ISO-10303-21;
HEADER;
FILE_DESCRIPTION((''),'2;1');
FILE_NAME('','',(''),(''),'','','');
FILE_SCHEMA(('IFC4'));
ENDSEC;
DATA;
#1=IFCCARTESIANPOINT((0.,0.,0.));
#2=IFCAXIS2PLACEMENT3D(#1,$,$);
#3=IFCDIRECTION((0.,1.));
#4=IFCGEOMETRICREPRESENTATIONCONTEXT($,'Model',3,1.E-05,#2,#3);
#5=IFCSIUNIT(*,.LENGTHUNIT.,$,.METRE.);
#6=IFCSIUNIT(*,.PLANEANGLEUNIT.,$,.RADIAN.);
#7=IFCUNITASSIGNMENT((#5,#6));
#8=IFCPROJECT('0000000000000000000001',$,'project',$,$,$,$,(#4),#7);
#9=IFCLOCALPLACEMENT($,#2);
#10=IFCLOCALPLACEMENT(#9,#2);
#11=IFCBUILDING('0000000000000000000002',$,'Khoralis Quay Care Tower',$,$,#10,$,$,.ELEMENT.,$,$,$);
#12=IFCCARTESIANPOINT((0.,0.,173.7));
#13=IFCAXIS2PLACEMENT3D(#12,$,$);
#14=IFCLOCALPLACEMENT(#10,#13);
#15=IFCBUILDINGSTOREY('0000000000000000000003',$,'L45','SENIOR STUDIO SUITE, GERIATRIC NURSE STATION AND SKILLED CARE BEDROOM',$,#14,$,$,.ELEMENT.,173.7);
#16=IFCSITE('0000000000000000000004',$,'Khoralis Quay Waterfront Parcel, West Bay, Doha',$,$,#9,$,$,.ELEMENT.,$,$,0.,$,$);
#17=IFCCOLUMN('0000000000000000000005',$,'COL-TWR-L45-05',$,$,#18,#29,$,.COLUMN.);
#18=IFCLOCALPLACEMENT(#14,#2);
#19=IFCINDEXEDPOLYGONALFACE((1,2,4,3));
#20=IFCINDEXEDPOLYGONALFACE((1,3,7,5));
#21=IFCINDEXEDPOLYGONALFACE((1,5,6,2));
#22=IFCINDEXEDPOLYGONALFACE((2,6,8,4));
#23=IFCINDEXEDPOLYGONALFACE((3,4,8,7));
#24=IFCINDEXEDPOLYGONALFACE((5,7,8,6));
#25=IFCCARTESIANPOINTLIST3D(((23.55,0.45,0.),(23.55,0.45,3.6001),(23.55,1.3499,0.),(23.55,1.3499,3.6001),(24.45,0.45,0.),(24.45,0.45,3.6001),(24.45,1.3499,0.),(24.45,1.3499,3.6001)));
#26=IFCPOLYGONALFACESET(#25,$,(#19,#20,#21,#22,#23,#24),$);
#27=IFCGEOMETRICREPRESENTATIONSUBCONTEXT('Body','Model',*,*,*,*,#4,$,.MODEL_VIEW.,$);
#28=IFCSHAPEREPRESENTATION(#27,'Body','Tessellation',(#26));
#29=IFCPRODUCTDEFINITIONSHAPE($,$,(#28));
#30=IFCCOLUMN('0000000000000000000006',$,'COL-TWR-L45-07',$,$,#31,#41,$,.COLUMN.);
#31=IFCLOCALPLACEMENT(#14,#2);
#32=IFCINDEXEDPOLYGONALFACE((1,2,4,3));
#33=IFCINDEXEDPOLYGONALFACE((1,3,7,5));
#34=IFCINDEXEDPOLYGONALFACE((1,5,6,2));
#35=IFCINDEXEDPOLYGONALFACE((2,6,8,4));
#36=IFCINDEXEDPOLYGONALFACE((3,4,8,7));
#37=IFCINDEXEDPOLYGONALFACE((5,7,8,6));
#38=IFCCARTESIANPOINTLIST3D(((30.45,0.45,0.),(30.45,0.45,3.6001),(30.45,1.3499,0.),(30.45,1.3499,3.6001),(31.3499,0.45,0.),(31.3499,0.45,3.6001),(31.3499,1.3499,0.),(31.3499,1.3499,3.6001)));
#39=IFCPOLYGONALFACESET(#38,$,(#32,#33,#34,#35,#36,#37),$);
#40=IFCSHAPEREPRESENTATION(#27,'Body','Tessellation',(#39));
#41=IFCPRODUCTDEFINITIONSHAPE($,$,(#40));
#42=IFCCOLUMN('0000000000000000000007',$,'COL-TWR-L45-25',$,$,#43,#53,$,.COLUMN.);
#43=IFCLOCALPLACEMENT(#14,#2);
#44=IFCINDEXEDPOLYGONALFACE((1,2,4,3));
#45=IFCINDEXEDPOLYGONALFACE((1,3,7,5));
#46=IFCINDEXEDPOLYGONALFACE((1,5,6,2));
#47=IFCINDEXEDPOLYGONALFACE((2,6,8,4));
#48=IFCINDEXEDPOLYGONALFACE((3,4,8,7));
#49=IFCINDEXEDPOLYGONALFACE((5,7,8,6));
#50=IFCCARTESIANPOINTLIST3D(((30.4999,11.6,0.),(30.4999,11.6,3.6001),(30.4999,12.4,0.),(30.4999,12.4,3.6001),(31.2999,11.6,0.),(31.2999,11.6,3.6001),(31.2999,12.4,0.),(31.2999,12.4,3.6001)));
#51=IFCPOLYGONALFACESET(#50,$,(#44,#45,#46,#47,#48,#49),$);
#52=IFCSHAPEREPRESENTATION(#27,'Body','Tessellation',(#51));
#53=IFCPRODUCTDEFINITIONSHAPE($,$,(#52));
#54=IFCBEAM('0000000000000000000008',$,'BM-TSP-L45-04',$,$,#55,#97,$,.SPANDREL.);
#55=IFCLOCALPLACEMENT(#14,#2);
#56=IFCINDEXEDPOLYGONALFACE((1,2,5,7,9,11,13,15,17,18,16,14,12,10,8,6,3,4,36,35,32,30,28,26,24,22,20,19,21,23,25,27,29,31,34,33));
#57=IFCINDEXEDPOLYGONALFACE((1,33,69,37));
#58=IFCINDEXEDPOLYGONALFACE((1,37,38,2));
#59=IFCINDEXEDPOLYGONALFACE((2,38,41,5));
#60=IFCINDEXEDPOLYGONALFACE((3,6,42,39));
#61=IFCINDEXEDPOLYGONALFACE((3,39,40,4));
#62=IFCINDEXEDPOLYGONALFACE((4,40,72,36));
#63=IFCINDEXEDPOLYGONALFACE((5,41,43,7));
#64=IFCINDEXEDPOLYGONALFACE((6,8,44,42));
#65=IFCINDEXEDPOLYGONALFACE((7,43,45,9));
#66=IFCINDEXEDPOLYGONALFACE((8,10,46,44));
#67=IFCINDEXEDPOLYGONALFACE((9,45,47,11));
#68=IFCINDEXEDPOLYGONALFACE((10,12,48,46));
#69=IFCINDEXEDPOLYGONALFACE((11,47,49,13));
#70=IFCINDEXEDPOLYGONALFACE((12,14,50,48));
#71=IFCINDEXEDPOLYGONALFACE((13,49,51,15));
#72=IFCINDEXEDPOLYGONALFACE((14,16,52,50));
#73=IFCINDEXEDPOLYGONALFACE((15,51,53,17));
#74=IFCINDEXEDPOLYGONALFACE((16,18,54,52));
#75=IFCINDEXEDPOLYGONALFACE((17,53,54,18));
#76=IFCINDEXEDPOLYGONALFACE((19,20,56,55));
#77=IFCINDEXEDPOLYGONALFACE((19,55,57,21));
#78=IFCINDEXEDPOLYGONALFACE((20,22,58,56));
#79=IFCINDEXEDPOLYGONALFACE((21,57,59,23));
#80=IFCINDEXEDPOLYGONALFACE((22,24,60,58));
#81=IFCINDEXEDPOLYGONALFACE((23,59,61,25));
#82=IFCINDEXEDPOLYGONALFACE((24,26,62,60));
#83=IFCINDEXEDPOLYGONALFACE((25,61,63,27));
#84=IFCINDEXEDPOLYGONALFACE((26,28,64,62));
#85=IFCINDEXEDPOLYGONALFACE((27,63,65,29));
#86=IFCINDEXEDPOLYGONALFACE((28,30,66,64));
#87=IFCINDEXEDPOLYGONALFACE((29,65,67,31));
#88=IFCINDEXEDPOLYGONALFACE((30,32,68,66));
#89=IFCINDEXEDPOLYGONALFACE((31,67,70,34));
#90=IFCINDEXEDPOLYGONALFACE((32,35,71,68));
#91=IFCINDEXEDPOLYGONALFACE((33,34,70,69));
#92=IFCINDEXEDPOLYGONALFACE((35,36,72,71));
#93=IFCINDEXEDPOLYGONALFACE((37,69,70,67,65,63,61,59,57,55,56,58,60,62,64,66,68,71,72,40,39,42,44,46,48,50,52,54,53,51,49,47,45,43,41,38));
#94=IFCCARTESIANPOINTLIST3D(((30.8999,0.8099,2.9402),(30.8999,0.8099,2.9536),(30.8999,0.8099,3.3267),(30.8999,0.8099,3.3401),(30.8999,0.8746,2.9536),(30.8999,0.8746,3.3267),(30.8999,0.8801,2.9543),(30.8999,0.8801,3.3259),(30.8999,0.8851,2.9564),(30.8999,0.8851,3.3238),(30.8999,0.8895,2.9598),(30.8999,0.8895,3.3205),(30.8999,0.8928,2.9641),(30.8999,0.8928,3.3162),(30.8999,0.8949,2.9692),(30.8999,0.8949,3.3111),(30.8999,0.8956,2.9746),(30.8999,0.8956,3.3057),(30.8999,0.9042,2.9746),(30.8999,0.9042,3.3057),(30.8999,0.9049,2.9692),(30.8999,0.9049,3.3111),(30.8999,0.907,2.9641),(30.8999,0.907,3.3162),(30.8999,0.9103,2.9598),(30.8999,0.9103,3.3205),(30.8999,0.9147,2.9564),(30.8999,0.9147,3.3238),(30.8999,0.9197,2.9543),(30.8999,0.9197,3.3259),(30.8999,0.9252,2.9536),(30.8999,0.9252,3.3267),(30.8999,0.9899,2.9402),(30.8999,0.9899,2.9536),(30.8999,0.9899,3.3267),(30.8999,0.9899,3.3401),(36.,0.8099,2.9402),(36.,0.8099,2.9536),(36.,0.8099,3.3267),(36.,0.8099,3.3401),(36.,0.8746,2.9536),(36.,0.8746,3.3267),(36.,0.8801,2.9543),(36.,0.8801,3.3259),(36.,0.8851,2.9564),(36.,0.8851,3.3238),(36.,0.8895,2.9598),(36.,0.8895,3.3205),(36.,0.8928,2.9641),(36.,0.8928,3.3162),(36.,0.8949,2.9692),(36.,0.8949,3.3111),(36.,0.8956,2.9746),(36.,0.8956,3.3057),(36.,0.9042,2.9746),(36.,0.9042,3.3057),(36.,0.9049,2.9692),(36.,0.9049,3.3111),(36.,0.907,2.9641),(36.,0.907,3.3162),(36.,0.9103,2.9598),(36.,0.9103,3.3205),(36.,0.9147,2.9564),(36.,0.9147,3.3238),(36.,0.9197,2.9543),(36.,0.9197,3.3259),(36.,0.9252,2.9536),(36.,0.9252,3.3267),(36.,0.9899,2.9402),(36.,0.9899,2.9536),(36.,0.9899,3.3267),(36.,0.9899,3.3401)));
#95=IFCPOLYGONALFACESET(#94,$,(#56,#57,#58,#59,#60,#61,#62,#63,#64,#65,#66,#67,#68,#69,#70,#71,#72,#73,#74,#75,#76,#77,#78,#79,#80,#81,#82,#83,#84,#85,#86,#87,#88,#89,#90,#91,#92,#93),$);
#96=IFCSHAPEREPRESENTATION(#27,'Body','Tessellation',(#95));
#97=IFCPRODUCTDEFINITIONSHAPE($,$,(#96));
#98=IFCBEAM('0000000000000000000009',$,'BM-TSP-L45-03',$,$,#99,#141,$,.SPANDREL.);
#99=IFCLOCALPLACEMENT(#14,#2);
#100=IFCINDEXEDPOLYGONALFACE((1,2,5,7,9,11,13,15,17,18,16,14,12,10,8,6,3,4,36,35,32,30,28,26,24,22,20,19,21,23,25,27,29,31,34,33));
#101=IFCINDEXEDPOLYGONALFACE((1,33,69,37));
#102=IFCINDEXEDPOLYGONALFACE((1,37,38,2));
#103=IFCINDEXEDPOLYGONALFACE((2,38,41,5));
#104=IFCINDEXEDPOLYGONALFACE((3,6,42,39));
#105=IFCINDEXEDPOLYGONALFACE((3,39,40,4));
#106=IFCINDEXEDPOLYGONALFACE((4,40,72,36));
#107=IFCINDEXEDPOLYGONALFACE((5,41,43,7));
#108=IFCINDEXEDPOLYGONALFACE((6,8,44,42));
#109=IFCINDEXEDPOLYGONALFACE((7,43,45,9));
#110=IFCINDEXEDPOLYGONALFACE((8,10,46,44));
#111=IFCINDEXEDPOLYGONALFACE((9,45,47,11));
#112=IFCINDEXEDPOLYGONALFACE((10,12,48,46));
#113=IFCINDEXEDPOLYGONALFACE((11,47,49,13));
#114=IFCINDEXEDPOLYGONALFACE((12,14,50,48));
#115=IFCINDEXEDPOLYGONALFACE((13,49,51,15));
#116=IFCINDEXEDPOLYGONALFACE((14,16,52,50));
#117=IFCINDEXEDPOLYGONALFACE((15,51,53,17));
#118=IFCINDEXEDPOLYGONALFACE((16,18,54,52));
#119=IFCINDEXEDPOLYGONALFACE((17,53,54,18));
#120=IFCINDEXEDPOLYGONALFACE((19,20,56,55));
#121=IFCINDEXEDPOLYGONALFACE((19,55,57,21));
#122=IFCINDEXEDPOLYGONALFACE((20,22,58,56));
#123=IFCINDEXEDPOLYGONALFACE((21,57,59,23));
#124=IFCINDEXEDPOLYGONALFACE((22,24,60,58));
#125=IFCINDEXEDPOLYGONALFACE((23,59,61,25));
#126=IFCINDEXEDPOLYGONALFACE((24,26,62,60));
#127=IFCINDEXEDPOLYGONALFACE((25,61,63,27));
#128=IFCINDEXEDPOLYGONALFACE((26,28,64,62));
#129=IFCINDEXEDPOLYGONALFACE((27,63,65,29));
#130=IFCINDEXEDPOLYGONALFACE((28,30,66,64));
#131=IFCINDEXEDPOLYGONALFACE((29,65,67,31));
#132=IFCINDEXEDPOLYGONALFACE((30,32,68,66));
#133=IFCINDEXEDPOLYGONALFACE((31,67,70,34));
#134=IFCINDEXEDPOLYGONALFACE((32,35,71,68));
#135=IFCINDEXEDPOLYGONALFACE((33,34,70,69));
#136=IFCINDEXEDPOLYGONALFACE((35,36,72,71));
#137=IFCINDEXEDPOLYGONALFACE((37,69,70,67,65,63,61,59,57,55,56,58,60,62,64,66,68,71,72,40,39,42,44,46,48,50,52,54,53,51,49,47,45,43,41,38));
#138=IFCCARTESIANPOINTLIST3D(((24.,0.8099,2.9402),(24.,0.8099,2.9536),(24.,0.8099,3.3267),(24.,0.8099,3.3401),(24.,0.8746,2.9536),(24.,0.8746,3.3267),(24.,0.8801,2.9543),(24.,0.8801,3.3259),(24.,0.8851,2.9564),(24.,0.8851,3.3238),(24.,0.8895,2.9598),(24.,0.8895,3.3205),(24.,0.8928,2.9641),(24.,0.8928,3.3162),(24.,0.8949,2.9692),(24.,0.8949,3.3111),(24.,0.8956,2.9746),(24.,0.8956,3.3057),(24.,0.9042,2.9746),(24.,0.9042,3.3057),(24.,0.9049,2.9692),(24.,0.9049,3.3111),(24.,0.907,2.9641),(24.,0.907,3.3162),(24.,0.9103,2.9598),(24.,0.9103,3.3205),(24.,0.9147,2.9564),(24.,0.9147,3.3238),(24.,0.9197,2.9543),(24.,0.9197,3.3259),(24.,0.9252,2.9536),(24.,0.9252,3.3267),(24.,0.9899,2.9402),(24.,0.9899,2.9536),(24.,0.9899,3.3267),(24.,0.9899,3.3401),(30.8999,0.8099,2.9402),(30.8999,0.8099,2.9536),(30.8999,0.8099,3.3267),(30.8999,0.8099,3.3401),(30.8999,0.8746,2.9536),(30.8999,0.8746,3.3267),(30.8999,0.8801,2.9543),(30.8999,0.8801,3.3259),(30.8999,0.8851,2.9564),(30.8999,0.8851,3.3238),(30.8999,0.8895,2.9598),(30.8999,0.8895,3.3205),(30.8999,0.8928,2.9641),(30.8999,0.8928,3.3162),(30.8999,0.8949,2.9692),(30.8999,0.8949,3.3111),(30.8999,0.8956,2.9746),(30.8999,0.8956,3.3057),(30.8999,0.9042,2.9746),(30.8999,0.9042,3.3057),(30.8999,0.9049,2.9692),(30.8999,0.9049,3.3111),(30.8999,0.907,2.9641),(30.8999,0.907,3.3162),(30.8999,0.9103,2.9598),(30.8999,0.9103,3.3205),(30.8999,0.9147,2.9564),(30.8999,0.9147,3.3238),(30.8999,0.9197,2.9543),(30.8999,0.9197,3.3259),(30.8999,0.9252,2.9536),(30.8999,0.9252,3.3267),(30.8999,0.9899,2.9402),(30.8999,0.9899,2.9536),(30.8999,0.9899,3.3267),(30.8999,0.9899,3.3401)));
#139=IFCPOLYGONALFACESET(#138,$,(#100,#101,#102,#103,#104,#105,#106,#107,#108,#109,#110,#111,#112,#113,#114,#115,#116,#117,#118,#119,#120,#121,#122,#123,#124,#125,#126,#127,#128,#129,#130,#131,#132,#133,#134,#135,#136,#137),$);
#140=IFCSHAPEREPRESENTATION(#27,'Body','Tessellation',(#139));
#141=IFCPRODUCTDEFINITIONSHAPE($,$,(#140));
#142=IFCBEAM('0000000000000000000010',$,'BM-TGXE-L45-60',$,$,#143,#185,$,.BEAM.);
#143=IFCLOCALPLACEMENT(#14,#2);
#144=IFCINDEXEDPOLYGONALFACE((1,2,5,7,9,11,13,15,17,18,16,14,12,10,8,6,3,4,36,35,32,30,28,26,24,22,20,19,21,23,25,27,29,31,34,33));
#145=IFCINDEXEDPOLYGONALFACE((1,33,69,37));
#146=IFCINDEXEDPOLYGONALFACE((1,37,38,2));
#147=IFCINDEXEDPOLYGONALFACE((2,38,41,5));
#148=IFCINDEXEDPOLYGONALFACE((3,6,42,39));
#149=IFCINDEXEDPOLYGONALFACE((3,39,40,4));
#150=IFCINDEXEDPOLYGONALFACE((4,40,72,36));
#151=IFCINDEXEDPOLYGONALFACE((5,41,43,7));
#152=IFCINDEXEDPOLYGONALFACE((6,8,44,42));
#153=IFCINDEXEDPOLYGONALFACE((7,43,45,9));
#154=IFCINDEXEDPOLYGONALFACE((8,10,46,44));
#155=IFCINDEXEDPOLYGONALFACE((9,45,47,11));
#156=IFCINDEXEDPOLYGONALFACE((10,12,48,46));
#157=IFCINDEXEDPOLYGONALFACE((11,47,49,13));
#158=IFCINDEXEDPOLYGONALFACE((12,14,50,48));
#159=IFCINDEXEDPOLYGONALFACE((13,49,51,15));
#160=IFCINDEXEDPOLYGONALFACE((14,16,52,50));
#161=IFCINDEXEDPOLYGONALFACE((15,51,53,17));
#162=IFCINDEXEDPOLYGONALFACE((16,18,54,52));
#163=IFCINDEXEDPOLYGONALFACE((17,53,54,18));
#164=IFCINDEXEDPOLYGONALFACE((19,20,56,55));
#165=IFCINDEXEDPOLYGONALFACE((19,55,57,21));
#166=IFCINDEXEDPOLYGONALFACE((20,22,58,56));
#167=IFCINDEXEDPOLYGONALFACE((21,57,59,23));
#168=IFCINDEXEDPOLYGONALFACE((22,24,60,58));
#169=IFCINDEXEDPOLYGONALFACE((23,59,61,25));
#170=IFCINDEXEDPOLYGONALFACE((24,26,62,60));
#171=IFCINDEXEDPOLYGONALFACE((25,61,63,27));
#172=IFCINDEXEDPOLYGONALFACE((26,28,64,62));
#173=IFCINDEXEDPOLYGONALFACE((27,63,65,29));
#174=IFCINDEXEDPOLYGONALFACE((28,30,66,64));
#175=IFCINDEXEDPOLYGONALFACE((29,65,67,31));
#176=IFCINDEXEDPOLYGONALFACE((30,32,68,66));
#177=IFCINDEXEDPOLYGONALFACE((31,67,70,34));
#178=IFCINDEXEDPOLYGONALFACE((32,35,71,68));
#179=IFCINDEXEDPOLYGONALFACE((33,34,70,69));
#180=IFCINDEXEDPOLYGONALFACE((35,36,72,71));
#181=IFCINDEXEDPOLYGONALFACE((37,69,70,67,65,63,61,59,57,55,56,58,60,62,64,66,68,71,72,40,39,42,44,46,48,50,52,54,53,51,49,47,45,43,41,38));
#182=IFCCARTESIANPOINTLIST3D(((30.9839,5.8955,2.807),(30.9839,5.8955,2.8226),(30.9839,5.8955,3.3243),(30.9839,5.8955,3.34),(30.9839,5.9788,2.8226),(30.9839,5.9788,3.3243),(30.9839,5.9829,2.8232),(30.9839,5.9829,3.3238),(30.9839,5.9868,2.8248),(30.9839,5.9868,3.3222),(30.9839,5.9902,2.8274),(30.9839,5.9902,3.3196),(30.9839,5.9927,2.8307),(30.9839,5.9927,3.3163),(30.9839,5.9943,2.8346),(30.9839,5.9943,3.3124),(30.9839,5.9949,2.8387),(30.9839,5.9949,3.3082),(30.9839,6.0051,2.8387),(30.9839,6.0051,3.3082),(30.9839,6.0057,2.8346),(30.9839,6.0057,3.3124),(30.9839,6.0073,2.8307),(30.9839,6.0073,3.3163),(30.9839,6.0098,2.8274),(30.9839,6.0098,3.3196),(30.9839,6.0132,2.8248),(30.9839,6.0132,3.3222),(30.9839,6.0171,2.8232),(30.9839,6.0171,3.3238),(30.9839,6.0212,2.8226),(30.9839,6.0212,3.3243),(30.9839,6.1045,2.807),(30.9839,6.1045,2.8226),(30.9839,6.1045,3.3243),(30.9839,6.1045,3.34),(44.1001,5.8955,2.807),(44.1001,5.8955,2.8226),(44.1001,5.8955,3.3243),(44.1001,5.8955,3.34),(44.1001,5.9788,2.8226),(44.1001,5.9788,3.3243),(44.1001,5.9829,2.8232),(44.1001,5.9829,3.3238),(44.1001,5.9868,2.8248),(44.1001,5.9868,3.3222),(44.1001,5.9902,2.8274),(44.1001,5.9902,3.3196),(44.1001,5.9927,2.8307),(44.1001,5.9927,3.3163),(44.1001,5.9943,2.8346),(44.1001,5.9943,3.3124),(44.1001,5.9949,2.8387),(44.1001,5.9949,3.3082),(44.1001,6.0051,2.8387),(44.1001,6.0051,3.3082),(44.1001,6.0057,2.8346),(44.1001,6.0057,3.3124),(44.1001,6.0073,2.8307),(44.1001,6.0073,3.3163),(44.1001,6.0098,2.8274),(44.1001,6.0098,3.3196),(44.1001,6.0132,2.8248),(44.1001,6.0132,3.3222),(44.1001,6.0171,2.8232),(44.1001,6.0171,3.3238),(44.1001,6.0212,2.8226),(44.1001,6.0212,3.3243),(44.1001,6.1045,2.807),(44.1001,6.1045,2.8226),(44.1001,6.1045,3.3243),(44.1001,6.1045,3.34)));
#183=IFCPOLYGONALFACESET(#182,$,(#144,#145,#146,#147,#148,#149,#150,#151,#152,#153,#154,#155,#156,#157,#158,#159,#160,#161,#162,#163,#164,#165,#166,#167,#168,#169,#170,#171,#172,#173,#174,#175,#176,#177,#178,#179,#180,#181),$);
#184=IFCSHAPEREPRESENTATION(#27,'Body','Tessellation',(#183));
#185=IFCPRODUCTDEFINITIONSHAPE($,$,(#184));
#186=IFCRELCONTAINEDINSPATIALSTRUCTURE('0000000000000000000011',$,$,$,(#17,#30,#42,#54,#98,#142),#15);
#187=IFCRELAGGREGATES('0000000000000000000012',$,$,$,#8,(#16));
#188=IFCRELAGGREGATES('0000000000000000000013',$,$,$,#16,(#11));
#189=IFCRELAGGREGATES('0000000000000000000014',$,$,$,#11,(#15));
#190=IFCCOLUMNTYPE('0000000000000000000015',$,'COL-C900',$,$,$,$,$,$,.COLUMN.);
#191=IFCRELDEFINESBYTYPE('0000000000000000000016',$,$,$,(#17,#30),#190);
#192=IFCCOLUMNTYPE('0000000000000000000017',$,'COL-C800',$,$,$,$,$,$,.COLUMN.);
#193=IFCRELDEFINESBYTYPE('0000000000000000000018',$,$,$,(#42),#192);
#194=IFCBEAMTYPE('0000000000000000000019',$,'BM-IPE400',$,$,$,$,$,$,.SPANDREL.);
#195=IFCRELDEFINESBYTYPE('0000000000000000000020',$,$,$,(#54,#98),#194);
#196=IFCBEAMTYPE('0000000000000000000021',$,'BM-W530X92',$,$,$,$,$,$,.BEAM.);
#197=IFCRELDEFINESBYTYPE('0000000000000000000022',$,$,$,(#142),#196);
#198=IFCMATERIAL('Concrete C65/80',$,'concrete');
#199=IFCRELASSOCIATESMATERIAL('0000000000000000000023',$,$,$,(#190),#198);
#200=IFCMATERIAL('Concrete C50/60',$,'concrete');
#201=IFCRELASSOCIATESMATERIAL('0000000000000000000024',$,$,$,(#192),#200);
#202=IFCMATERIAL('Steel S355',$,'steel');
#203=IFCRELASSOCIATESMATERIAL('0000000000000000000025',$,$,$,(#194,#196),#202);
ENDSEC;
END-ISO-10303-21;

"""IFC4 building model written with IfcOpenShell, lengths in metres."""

from ifc_helpers import new_model, si_unit, direction, frame, origin, origin_2d, place, context, subcontext, project, spatial, rectangle, i_section, extrude, source, transform, mapped, material, material_profile, profile_set, type_object, element, save


model = new_model("IFC4")

# Units and contexts
model_context = context("Model", 3, precision=1e-05, world=origin(), true_north=direction((0.0, 1.0)))
body_context = subcontext(model_context, "Body", "Model", "MODEL_VIEW")
ifc_project = project(units=[si_unit("LENGTHUNIT", "METRE"), si_unit("PLANEANGLEUNIT", "RADIAN")], contexts=[model_context])

# Site, building, storey
site_placement = place(None, origin())
site = spatial("IfcSite", under=ifc_project, at=site_placement, Name="Khoralis Quay Waterfront Parcel, West Bay, Doha", CompositionType="ELEMENT", RefElevation=0.0)
building_placement = place(site_placement, origin())
building = spatial("IfcBuilding", under=site, at=building_placement, Name="Khoralis Quay Care Tower", CompositionType="ELEMENT")
storey_placement = place(building_placement, frame((0.0, 0.0, 173.7)))
storey = spatial("IfcBuildingStorey", under=building, at=storey_placement, Name="L45", Description="SENIOR STUDIO SUITE, GERIATRIC NURSE STATION AND SKILLED CARE BEDROOM", CompositionType="ELEMENT", Elevation=173.7)

# Columns
ifc_material_1 = material(Name="Concrete C65/80", Category="concrete")
ifc_material_profile_1 = material_profile(ifc_material_1, rectangle(XDim=0.8999, YDim=0.8999, at=origin_2d()), Name="Concrete C65/80")
ifc_profile_set_1 = profile_set([ifc_material_profile_1], Name="Concrete C65/80")
column_type_1 = type_object("IfcColumnType", Name="COL-C900", PredefinedType="COLUMN", material=ifc_profile_set_1)
shared_shape_1 = source(origin(), body_context, "Body", "SweptSolid", [
    extrude(rectangle(XDim=0.8999, YDim=0.8999, at=origin_2d()), origin(), (0.0, 0.0, 1.0), 3.6001),
])
for number, where, z_axis, x_axis, name in (
    (1, (24.0, 0.8999, 0.0), (0.0, 0.0, 1.0), (1.0, 0.0, 0.0), "COL-TWR-L45-05"),
    (2, (30.8999, 0.8999, 0.0), (0.0, 0.0, 1.0), (1.0, 0.0, 0.0), "COL-TWR-L45-07"),
):
    element("IfcColumn", number, at=place(storey_placement, frame(where, z_axis=z_axis, x_axis=x_axis)), inside=storey, type_object=column_type_1, Name=name, PredefinedType="COLUMN", context=body_context, shape_type="MappedRepresentation", body=[
        mapped(shared_shape_1, transform((0.0, 0.0, 0.0), scale=1.0)),
    ])
ifc_material_2 = material(Name="Concrete C50/60", Category="concrete")
ifc_material_profile_2 = material_profile(ifc_material_2, rectangle(XDim=0.8, YDim=0.8, at=origin_2d()), Name="Concrete C50/60")
ifc_profile_set_2 = profile_set([ifc_material_profile_2], Name="Concrete C50/60")
column_type_2 = type_object("IfcColumnType", Name="COL-C800", PredefinedType="COLUMN", material=ifc_profile_set_2)
shared_shape_2 = source(origin(), body_context, "Body", "SweptSolid", [
    extrude(rectangle(XDim=0.8, YDim=0.8, at=origin_2d()), origin(), (0.0, 0.0, 1.0), 3.6001),
])
column_placement = place(storey_placement, frame((30.8999, 12.0, 0.0), z_axis=(0.0, 0.0, 1.0), x_axis=(1.0, 0.0, 0.0)))
element("IfcColumn", 3, at=column_placement, inside=storey, type_object=column_type_2, Name="COL-TWR-L45-25", PredefinedType="COLUMN", context=body_context, shape_type="MappedRepresentation", body=[
    mapped(shared_shape_2, transform((0.0, 0.0, 0.0), scale=1.0)),
])

# Beams
ifc_material_3 = material(Name="Steel S355", Category="steel")
ifc_material_profile_3 = material_profile(ifc_material_3, i_section(OverallWidth=0.1799, OverallDepth=0.3999, WebThickness=0.0085, FlangeThickness=0.0134, FilletRadius=0.021, at=origin_2d()), Name="Steel S355")
ifc_profile_set_3 = profile_set([ifc_material_profile_3], Name="Steel S355")
beam_type_1 = type_object("IfcBeamType", Name="BM-IPE400", PredefinedType="SPANDREL", material=ifc_profile_set_3)
shared_shape_3 = source(origin(), body_context, "Body", "SweptSolid", [
    extrude(i_section(OverallWidth=0.1799, OverallDepth=0.3999, WebThickness=0.0085, FlangeThickness=0.0134, FilletRadius=0.021, at=origin_2d()), origin(), (0.0, 0.0, 1.0), 5.1001),
])
beam_1_placement = place(storey_placement, frame((30.8999, 0.8999, 3.1401), z_axis=(1.0, 0.0, 0.0), x_axis=(0.0, 1.0, 0.0)))
element("IfcBeam", 4, at=beam_1_placement, inside=storey, type_object=beam_type_1, Name="BM-TSP-L45-04", PredefinedType="SPANDREL", context=body_context, shape_type="MappedRepresentation", body=[
    mapped(shared_shape_3, transform((0.0, 0.0, 0.0), scale=1.0)),
])
shared_shape_4 = source(origin(), body_context, "Body", "SweptSolid", [
    extrude(i_section(OverallWidth=0.1799, OverallDepth=0.3999, WebThickness=0.0085, FlangeThickness=0.0134, FilletRadius=0.021, at=origin_2d()), origin(), (0.0, 0.0, 1.0), 6.8999),
])
beam_2_placement = place(storey_placement, frame((24.0, 0.8999, 3.1401), z_axis=(1.0, 0.0, 0.0), x_axis=(0.0, 1.0, 0.0)))
element("IfcBeam", 5, at=beam_2_placement, inside=storey, type_object=beam_type_1, Name="BM-TSP-L45-03", PredefinedType="SPANDREL", context=body_context, shape_type="MappedRepresentation", body=[
    mapped(shared_shape_4, transform((0.0, 0.0, 0.0), scale=1.0)),
])
ifc_material_profile_4 = material_profile(ifc_material_3, i_section(OverallWidth=0.209, OverallDepth=0.533, WebThickness=0.0103, FlangeThickness=0.0156, FilletRadius=0.0161, at=origin_2d()), Name="Steel S355")
ifc_profile_set_4 = profile_set([ifc_material_profile_4], Name="Steel S355")
beam_type_2 = type_object("IfcBeamType", Name="BM-W530X92", PredefinedType="BEAM", material=ifc_profile_set_4)
shared_shape_5 = source(origin(), body_context, "Body", "SweptSolid", [
    extrude(i_section(OverallWidth=0.209, OverallDepth=0.533, WebThickness=0.0103, FlangeThickness=0.0156, FilletRadius=0.0161, at=origin_2d()), origin(), (0.0, 0.0, 1.0), 13.1162),
])
beam_3_placement = place(storey_placement, frame((30.9839, 6.0, 3.0735), z_axis=(1.0, 0.0, 0.0), x_axis=(0.0, 1.0, 0.0)))
element("IfcBeam", 6, at=beam_3_placement, inside=storey, type_object=beam_type_2, Name="BM-TGXE-L45-60", PredefinedType="BEAM", context=body_context, shape_type="MappedRepresentation", body=[
    mapped(shared_shape_5, transform((0.0, 0.0, 0.0), scale=1.0)),
])

save(model, "model.ifc")
